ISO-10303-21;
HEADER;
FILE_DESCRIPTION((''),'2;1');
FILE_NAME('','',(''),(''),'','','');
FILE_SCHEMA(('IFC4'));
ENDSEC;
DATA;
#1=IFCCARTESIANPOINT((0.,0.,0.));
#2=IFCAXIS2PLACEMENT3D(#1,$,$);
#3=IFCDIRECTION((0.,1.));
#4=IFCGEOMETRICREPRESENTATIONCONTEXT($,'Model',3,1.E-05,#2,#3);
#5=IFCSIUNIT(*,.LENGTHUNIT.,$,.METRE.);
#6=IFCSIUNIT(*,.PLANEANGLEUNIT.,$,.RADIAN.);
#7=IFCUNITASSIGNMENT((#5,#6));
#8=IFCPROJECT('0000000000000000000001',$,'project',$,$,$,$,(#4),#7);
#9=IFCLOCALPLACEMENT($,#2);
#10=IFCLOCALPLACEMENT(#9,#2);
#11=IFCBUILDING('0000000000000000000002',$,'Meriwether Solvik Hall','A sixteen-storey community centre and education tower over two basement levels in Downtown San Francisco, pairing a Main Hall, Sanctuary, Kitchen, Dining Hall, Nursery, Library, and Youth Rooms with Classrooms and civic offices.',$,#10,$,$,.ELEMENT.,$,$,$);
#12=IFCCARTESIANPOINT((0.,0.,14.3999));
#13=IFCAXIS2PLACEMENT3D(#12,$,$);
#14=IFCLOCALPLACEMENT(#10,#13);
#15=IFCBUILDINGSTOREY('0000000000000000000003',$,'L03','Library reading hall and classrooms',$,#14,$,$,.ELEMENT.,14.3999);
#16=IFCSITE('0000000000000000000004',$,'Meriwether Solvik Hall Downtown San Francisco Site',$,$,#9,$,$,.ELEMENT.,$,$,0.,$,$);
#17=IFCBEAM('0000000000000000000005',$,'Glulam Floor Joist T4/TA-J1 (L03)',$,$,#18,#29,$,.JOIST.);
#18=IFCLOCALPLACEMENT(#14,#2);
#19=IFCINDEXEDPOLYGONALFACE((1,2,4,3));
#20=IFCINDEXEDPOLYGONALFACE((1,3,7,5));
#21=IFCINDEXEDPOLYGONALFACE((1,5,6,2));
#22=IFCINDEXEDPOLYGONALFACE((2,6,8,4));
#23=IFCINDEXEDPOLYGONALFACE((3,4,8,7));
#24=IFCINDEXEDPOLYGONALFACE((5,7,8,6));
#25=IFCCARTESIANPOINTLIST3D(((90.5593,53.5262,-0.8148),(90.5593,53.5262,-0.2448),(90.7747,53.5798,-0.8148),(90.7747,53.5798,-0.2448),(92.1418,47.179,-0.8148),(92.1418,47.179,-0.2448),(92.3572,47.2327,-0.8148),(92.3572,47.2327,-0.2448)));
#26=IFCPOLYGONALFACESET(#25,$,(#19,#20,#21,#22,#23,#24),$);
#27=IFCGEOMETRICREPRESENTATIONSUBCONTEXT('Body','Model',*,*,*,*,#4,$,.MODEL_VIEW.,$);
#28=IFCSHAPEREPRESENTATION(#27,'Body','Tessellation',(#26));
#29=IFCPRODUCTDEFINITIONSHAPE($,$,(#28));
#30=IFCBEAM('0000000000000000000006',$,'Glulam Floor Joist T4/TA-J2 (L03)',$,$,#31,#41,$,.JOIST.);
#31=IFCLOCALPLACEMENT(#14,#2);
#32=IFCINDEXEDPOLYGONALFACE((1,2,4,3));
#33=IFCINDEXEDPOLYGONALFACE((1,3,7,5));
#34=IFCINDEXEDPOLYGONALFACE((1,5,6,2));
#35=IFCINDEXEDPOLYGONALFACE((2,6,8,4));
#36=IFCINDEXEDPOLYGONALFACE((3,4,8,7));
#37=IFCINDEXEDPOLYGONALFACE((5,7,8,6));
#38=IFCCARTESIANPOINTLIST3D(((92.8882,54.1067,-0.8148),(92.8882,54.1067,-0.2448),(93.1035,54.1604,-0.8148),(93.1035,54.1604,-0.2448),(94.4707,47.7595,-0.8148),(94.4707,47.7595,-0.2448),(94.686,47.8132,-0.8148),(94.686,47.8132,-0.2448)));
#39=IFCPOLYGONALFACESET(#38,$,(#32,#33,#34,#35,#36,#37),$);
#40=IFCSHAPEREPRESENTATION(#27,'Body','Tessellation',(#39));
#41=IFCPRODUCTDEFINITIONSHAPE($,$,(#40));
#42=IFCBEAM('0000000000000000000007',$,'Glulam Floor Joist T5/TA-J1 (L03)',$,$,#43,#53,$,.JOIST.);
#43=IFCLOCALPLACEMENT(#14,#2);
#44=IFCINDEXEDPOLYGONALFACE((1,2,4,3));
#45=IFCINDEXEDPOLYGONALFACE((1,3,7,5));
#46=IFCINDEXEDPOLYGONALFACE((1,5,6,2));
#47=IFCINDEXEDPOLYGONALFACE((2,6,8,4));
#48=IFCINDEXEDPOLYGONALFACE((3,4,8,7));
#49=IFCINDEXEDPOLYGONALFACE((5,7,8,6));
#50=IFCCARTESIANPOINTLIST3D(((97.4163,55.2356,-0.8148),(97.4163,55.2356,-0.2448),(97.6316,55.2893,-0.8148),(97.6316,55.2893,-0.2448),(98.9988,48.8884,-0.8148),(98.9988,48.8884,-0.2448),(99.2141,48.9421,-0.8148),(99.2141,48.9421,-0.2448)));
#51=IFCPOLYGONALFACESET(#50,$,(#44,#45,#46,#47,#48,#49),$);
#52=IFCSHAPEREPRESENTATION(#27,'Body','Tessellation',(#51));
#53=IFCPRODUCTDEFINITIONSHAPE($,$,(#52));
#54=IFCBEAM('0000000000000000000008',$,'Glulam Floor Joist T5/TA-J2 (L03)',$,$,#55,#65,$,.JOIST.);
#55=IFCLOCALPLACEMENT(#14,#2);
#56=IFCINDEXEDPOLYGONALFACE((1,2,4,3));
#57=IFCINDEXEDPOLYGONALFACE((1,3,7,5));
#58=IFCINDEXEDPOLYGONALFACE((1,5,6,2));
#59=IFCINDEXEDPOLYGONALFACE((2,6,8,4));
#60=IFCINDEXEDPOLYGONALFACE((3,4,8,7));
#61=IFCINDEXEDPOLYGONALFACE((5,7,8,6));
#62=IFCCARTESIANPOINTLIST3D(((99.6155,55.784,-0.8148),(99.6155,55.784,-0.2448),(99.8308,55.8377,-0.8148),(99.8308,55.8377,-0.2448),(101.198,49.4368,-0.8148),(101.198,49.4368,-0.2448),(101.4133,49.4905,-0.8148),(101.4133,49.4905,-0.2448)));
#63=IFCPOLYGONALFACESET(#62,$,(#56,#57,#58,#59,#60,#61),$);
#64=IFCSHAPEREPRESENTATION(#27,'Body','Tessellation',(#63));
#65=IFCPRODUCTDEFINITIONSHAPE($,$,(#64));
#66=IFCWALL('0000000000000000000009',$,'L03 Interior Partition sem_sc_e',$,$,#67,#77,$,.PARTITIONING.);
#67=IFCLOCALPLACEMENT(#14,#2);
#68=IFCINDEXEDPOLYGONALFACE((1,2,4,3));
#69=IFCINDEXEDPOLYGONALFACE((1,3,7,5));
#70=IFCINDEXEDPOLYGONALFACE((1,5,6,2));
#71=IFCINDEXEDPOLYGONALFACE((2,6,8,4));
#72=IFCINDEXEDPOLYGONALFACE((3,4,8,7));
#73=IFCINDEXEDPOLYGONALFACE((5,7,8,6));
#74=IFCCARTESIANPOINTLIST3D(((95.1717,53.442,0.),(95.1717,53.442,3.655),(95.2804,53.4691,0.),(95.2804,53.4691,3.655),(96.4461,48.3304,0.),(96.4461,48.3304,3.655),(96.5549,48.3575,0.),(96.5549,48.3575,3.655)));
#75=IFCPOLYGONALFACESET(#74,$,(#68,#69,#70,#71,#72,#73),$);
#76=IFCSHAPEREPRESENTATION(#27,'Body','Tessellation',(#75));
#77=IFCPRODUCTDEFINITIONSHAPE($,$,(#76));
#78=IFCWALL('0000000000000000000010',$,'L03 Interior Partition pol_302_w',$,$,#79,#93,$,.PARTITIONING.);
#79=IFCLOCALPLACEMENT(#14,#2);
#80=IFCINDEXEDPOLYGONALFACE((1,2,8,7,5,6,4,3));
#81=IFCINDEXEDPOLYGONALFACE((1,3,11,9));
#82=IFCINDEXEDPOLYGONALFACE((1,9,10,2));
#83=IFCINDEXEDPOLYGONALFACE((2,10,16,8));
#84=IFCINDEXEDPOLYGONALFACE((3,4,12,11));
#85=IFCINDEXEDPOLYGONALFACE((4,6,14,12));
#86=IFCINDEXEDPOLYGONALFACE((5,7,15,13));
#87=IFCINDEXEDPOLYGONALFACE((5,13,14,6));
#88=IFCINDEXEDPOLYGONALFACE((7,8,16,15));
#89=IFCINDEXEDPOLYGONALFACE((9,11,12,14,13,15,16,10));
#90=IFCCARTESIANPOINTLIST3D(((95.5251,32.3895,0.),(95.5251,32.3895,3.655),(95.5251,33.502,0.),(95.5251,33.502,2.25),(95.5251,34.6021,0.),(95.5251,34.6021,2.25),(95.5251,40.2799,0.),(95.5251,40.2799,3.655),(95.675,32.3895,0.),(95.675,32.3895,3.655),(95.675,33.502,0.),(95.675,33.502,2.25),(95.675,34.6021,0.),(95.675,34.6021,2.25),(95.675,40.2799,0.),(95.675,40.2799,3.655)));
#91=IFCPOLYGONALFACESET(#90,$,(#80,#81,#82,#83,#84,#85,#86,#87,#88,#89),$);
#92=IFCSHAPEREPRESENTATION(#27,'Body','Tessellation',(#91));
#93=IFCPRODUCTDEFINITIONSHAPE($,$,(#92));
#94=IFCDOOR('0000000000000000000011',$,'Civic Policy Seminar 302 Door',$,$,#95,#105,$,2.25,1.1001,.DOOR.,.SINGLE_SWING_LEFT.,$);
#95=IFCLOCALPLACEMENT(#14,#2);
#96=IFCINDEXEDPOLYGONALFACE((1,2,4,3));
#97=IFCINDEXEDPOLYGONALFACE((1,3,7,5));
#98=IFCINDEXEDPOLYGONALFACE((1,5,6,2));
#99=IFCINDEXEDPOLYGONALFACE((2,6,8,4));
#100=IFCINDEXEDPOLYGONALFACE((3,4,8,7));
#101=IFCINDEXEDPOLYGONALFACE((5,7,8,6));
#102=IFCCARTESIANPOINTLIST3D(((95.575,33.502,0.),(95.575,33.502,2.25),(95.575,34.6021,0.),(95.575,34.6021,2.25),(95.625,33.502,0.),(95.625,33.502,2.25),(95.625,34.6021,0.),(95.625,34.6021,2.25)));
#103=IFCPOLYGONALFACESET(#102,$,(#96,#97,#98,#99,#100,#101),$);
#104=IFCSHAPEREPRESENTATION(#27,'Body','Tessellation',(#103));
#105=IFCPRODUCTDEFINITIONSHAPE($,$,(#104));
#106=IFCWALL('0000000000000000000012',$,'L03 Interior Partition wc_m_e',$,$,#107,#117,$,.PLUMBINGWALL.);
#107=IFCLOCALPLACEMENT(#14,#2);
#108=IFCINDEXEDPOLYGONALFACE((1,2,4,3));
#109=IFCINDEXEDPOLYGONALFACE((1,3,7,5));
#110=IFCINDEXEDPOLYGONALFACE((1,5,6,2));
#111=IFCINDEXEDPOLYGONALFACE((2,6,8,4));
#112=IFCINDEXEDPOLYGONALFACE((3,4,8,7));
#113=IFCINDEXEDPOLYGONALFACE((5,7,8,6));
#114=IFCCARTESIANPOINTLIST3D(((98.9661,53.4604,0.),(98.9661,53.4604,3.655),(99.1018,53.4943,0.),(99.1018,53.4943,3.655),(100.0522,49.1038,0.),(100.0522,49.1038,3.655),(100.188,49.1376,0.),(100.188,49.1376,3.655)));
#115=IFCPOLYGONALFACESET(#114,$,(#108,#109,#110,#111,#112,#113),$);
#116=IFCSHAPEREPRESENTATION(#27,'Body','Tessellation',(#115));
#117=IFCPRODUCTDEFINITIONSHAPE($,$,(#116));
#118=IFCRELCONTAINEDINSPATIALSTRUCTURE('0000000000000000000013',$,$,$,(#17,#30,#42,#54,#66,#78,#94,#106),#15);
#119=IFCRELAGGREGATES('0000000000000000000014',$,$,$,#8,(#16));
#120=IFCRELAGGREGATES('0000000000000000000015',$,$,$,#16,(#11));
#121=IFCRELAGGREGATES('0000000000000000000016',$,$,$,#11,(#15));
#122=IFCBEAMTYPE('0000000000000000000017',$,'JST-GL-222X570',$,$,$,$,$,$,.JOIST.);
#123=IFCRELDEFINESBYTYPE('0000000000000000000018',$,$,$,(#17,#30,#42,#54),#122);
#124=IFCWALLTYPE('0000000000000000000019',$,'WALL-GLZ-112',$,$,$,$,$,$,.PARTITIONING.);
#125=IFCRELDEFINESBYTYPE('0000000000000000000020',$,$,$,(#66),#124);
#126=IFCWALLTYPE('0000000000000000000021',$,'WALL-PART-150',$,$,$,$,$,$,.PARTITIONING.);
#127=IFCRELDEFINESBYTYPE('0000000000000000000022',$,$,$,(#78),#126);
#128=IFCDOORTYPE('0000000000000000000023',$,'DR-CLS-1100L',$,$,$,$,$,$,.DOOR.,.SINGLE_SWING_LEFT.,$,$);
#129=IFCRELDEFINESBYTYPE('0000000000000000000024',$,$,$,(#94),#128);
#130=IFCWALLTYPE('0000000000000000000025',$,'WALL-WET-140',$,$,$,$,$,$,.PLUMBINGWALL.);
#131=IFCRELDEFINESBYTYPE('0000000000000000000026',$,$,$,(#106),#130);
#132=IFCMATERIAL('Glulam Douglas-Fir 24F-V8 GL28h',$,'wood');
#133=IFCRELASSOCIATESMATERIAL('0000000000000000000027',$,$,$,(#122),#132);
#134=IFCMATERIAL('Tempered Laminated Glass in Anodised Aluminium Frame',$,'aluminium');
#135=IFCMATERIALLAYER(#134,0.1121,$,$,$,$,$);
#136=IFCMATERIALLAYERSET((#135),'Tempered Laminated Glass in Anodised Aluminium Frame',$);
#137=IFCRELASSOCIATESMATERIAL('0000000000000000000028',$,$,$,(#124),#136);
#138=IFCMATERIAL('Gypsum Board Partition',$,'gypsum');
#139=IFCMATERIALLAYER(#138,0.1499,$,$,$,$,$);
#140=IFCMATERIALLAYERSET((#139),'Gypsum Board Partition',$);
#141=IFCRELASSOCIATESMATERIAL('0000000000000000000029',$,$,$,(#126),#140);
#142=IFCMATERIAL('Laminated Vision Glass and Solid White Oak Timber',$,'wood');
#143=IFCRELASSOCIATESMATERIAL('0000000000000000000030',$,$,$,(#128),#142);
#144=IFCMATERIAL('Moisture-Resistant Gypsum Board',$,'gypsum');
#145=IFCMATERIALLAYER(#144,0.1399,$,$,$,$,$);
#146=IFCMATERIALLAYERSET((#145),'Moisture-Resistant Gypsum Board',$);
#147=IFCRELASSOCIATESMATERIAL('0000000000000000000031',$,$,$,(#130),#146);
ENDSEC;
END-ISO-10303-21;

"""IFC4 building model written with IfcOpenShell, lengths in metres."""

from ifc_helpers import new_model, si_unit, direction, frame, frame_2d, origin, origin_2d, place, context, subcontext, project, spatial, rectangle, extrude, material, layer, layer_set, material_profile, profile_set, type_object, element, fill, save


model = new_model("IFC4")

# Units and contexts
model_context = context("Model", 3, precision=1e-05, world=origin(), true_north=direction((0.0, 1.0)))
body_context = subcontext(model_context, "Body", "Model", "MODEL_VIEW")
ifc_project = project(units=[si_unit("LENGTHUNIT", "METRE"), si_unit("PLANEANGLEUNIT", "RADIAN")], contexts=[model_context])

# Site, building, storey
site_placement = place(None, origin())
site = spatial("IfcSite", under=ifc_project, at=site_placement, Name="Meriwether Solvik Hall Downtown San Francisco Site", CompositionType="ELEMENT", RefElevation=0.0)
building_placement = place(site_placement, origin())
building = spatial("IfcBuilding", under=site, at=building_placement, Name="Meriwether Solvik Hall", Description="A sixteen-storey community centre and education tower over two basement levels in Downtown San Francisco, pairing a Main Hall, Sanctuary, Kitchen, Dining Hall, Nursery, Library, and Youth Rooms with Classrooms and civic offices.", CompositionType="ELEMENT")
storey_placement = place(building_placement, frame((0.0, 0.0, 14.3999)))
storey = spatial("IfcBuildingStorey", under=building, at=storey_placement, Name="L03", Description="Library reading hall and classrooms", CompositionType="ELEMENT", Elevation=14.3999)

# Beams
ifc_material_1 = material(Name="Glulam Douglas-Fir 24F-V8 GL28h", Category="wood")
ifc_material_profile_1 = material_profile(ifc_material_1, rectangle(XDim=0.2219, YDim=0.5701, at=origin_2d()), Name="GLJ-222X570")
ifc_profile_set_1 = profile_set([ifc_material_profile_1], Name="Glulam Douglas-Fir 24F-V8 GL28h")
beam_type_1 = type_object("IfcBeamType", Name="JST-GL-222X570", PredefinedType="JOIST", material=ifc_profile_set_1)
for number, where, z_axis, x_axis, name in (
    (1, (92.2495, 47.2058, -0.5298), (-0.241921, 0.970296, 0.0), (-0.970296, -0.241921, 0.0), "Glulam Floor Joist T4/TA-J1 (L03)"),
    (2, (94.5784, 47.7864, -0.5298), (-0.241921, 0.970296, 0.0), (-0.970296, -0.241921, 0.0), "Glulam Floor Joist T4/TA-J2 (L03)"),
    (3, (99.1064, 48.9153, -0.5298), (-0.241921, 0.970296, 0.0), (-0.970296, -0.241921, 0.0), "Glulam Floor Joist T5/TA-J1 (L03)"),
    (4, (101.3057, 49.4636, -0.5298), (-0.241921, 0.970296, 0.0), (-0.970296, -0.241921, 0.0), "Glulam Floor Joist T5/TA-J2 (L03)"),
):
    element("IfcBeam", number, at=place(storey_placement, frame(where, z_axis=z_axis, x_axis=x_axis)), inside=storey, type_object=beam_type_1, Name=name, PredefinedType="JOIST", context=body_context, shape_type="SweptSolid", body=[
        extrude(rectangle(XDim=0.2219, YDim=0.5701, at=origin_2d()), origin(), (0.0, 0.0, 1.0), 6.5415),
    ])

# Wall
ifc_material_2 = material(Name="Tempered Laminated Glass in Anodised Aluminium Frame", Category="aluminium")
ifc_layer_1 = layer(ifc_material_2, 0.1121)
ifc_layer_set_1 = layer_set([ifc_layer_1], Name="Tempered Laminated Glass in Anodised Aluminium Frame")
wall_type_1 = type_object("IfcWallType", Name="WALL-GLZ-112", PredefinedType="PARTITIONING", material=ifc_layer_set_1)
wall_1_placement = place(storey_placement, frame((96.5005, 48.344, 0.0), z_axis=(0.0, 0.0, 1.0), x_axis=(-0.241914, 0.970298, 0.0)))
element("IfcWall", 5, at=wall_1_placement, inside=storey, type_object=wall_type_1, Name="L03 Interior Partition sem_sc_e", PredefinedType="PARTITIONING", context=body_context, shape_type="SweptSolid", body=[
    extrude(rectangle(XDim=5.2681, YDim=0.1121, at=frame_2d((2.634, 0.0))), origin(), (0.0, 0.0, 1.0), 3.655),
])

# Wall, opening, door
ifc_material_3 = material(Name="Gypsum Board Partition", Category="gypsum")
ifc_layer_2 = layer(ifc_material_3, 0.1499)
ifc_layer_set_2 = layer_set([ifc_layer_2], Name="Gypsum Board Partition")
wall_type_2 = type_object("IfcWallType", Name="WALL-PART-150", PredefinedType="PARTITIONING", material=ifc_layer_set_2)
wall_2_placement = place(storey_placement, frame((95.6001, 40.28, 0.0), z_axis=(0.0, 0.0, 1.0), x_axis=(0.0, -1.0, 0.0)))
wall_2 = element("IfcWall", 6, at=wall_2_placement, inside=storey, type_object=wall_type_2, Name="L03 Interior Partition pol_302_w", PredefinedType="PARTITIONING", context=body_context, shape_type="SweptSolid", body=[
    extrude(rectangle(XDim=7.8904, YDim=0.1499, at=frame_2d((3.9453, 0.0))), origin(), (0.0, 0.0, 1.0), 3.655),
])
opening_placement = place(wall_2_placement, frame((5.678, 0.0, 0.0)))
opening = element("IfcOpeningElement", 7, at=opening_placement, cuts=wall_2, PredefinedType="OPENING", context=body_context, shape_type="SweptSolid", body=[
    extrude(rectangle(XDim=1.1001, YDim=2.25, at=frame_2d((0.55, 1.125))), frame((0.0, 0.0869, 0.0), z_axis=(0.0, -1.0, 0.0), x_axis=(1.0, 0.0, 0.0)), (0.0, 0.0, 1.0), 0.1738),
])
ifc_material_4 = material(Name="Laminated Vision Glass and Solid White Oak Timber", Category="wood")
door_type = type_object("IfcDoorType", Name="DR-CLS-1100L", OperationType="SINGLE_SWING_LEFT", PredefinedType="DOOR", material=ifc_material_4)
door_placement = place(opening_placement, origin())
door = element("IfcDoor", 8, at=door_placement, inside=storey, type_object=door_type, Name="Civic Policy Seminar 302 Door", OperationType="SINGLE_SWING_LEFT", OverallHeight=2.25, OverallWidth=1.1001, PredefinedType="DOOR", context=body_context, shape_type="SweptSolid", body=[
    extrude(rectangle(XDim=1.1001, YDim=2.25, at=frame_2d((0.55, 1.125))), frame((0.0, 0.0249, 0.0), z_axis=(0.0, -1.0, 0.0), x_axis=(1.0, 0.0, 0.0)), (0.0, 0.0, 1.0), 0.05),
])
fill(opening, door)

# Wall
ifc_material_5 = material(Name="Moisture-Resistant Gypsum Board", Category="gypsum")
ifc_layer_3 = layer(ifc_material_5, 0.1399)
ifc_layer_set_3 = layer_set([ifc_layer_3], Name="Moisture-Resistant Gypsum Board")
wall_type_3 = type_object("IfcWallType", Name="WALL-WET-140", PredefinedType="PLUMBINGWALL", material=ifc_layer_set_3)
wall_3_placement = place(storey_placement, frame((100.1201, 49.1206, 0.0), z_axis=(0.0, 0.0, 1.0), x_axis=(-0.241909, 0.970299, 0.0)))
element("IfcWall", 9, at=wall_3_placement, inside=storey, type_object=wall_type_3, Name="L03 Interior Partition wc_m_e", PredefinedType="PLUMBINGWALL", context=body_context, shape_type="SweptSolid", body=[
    extrude(rectangle(XDim=4.49, YDim=0.1399, at=frame_2d((2.2451, 0.0))), origin(), (0.0, 0.0, 1.0), 3.655),
])

save(model, "model.ifc")
